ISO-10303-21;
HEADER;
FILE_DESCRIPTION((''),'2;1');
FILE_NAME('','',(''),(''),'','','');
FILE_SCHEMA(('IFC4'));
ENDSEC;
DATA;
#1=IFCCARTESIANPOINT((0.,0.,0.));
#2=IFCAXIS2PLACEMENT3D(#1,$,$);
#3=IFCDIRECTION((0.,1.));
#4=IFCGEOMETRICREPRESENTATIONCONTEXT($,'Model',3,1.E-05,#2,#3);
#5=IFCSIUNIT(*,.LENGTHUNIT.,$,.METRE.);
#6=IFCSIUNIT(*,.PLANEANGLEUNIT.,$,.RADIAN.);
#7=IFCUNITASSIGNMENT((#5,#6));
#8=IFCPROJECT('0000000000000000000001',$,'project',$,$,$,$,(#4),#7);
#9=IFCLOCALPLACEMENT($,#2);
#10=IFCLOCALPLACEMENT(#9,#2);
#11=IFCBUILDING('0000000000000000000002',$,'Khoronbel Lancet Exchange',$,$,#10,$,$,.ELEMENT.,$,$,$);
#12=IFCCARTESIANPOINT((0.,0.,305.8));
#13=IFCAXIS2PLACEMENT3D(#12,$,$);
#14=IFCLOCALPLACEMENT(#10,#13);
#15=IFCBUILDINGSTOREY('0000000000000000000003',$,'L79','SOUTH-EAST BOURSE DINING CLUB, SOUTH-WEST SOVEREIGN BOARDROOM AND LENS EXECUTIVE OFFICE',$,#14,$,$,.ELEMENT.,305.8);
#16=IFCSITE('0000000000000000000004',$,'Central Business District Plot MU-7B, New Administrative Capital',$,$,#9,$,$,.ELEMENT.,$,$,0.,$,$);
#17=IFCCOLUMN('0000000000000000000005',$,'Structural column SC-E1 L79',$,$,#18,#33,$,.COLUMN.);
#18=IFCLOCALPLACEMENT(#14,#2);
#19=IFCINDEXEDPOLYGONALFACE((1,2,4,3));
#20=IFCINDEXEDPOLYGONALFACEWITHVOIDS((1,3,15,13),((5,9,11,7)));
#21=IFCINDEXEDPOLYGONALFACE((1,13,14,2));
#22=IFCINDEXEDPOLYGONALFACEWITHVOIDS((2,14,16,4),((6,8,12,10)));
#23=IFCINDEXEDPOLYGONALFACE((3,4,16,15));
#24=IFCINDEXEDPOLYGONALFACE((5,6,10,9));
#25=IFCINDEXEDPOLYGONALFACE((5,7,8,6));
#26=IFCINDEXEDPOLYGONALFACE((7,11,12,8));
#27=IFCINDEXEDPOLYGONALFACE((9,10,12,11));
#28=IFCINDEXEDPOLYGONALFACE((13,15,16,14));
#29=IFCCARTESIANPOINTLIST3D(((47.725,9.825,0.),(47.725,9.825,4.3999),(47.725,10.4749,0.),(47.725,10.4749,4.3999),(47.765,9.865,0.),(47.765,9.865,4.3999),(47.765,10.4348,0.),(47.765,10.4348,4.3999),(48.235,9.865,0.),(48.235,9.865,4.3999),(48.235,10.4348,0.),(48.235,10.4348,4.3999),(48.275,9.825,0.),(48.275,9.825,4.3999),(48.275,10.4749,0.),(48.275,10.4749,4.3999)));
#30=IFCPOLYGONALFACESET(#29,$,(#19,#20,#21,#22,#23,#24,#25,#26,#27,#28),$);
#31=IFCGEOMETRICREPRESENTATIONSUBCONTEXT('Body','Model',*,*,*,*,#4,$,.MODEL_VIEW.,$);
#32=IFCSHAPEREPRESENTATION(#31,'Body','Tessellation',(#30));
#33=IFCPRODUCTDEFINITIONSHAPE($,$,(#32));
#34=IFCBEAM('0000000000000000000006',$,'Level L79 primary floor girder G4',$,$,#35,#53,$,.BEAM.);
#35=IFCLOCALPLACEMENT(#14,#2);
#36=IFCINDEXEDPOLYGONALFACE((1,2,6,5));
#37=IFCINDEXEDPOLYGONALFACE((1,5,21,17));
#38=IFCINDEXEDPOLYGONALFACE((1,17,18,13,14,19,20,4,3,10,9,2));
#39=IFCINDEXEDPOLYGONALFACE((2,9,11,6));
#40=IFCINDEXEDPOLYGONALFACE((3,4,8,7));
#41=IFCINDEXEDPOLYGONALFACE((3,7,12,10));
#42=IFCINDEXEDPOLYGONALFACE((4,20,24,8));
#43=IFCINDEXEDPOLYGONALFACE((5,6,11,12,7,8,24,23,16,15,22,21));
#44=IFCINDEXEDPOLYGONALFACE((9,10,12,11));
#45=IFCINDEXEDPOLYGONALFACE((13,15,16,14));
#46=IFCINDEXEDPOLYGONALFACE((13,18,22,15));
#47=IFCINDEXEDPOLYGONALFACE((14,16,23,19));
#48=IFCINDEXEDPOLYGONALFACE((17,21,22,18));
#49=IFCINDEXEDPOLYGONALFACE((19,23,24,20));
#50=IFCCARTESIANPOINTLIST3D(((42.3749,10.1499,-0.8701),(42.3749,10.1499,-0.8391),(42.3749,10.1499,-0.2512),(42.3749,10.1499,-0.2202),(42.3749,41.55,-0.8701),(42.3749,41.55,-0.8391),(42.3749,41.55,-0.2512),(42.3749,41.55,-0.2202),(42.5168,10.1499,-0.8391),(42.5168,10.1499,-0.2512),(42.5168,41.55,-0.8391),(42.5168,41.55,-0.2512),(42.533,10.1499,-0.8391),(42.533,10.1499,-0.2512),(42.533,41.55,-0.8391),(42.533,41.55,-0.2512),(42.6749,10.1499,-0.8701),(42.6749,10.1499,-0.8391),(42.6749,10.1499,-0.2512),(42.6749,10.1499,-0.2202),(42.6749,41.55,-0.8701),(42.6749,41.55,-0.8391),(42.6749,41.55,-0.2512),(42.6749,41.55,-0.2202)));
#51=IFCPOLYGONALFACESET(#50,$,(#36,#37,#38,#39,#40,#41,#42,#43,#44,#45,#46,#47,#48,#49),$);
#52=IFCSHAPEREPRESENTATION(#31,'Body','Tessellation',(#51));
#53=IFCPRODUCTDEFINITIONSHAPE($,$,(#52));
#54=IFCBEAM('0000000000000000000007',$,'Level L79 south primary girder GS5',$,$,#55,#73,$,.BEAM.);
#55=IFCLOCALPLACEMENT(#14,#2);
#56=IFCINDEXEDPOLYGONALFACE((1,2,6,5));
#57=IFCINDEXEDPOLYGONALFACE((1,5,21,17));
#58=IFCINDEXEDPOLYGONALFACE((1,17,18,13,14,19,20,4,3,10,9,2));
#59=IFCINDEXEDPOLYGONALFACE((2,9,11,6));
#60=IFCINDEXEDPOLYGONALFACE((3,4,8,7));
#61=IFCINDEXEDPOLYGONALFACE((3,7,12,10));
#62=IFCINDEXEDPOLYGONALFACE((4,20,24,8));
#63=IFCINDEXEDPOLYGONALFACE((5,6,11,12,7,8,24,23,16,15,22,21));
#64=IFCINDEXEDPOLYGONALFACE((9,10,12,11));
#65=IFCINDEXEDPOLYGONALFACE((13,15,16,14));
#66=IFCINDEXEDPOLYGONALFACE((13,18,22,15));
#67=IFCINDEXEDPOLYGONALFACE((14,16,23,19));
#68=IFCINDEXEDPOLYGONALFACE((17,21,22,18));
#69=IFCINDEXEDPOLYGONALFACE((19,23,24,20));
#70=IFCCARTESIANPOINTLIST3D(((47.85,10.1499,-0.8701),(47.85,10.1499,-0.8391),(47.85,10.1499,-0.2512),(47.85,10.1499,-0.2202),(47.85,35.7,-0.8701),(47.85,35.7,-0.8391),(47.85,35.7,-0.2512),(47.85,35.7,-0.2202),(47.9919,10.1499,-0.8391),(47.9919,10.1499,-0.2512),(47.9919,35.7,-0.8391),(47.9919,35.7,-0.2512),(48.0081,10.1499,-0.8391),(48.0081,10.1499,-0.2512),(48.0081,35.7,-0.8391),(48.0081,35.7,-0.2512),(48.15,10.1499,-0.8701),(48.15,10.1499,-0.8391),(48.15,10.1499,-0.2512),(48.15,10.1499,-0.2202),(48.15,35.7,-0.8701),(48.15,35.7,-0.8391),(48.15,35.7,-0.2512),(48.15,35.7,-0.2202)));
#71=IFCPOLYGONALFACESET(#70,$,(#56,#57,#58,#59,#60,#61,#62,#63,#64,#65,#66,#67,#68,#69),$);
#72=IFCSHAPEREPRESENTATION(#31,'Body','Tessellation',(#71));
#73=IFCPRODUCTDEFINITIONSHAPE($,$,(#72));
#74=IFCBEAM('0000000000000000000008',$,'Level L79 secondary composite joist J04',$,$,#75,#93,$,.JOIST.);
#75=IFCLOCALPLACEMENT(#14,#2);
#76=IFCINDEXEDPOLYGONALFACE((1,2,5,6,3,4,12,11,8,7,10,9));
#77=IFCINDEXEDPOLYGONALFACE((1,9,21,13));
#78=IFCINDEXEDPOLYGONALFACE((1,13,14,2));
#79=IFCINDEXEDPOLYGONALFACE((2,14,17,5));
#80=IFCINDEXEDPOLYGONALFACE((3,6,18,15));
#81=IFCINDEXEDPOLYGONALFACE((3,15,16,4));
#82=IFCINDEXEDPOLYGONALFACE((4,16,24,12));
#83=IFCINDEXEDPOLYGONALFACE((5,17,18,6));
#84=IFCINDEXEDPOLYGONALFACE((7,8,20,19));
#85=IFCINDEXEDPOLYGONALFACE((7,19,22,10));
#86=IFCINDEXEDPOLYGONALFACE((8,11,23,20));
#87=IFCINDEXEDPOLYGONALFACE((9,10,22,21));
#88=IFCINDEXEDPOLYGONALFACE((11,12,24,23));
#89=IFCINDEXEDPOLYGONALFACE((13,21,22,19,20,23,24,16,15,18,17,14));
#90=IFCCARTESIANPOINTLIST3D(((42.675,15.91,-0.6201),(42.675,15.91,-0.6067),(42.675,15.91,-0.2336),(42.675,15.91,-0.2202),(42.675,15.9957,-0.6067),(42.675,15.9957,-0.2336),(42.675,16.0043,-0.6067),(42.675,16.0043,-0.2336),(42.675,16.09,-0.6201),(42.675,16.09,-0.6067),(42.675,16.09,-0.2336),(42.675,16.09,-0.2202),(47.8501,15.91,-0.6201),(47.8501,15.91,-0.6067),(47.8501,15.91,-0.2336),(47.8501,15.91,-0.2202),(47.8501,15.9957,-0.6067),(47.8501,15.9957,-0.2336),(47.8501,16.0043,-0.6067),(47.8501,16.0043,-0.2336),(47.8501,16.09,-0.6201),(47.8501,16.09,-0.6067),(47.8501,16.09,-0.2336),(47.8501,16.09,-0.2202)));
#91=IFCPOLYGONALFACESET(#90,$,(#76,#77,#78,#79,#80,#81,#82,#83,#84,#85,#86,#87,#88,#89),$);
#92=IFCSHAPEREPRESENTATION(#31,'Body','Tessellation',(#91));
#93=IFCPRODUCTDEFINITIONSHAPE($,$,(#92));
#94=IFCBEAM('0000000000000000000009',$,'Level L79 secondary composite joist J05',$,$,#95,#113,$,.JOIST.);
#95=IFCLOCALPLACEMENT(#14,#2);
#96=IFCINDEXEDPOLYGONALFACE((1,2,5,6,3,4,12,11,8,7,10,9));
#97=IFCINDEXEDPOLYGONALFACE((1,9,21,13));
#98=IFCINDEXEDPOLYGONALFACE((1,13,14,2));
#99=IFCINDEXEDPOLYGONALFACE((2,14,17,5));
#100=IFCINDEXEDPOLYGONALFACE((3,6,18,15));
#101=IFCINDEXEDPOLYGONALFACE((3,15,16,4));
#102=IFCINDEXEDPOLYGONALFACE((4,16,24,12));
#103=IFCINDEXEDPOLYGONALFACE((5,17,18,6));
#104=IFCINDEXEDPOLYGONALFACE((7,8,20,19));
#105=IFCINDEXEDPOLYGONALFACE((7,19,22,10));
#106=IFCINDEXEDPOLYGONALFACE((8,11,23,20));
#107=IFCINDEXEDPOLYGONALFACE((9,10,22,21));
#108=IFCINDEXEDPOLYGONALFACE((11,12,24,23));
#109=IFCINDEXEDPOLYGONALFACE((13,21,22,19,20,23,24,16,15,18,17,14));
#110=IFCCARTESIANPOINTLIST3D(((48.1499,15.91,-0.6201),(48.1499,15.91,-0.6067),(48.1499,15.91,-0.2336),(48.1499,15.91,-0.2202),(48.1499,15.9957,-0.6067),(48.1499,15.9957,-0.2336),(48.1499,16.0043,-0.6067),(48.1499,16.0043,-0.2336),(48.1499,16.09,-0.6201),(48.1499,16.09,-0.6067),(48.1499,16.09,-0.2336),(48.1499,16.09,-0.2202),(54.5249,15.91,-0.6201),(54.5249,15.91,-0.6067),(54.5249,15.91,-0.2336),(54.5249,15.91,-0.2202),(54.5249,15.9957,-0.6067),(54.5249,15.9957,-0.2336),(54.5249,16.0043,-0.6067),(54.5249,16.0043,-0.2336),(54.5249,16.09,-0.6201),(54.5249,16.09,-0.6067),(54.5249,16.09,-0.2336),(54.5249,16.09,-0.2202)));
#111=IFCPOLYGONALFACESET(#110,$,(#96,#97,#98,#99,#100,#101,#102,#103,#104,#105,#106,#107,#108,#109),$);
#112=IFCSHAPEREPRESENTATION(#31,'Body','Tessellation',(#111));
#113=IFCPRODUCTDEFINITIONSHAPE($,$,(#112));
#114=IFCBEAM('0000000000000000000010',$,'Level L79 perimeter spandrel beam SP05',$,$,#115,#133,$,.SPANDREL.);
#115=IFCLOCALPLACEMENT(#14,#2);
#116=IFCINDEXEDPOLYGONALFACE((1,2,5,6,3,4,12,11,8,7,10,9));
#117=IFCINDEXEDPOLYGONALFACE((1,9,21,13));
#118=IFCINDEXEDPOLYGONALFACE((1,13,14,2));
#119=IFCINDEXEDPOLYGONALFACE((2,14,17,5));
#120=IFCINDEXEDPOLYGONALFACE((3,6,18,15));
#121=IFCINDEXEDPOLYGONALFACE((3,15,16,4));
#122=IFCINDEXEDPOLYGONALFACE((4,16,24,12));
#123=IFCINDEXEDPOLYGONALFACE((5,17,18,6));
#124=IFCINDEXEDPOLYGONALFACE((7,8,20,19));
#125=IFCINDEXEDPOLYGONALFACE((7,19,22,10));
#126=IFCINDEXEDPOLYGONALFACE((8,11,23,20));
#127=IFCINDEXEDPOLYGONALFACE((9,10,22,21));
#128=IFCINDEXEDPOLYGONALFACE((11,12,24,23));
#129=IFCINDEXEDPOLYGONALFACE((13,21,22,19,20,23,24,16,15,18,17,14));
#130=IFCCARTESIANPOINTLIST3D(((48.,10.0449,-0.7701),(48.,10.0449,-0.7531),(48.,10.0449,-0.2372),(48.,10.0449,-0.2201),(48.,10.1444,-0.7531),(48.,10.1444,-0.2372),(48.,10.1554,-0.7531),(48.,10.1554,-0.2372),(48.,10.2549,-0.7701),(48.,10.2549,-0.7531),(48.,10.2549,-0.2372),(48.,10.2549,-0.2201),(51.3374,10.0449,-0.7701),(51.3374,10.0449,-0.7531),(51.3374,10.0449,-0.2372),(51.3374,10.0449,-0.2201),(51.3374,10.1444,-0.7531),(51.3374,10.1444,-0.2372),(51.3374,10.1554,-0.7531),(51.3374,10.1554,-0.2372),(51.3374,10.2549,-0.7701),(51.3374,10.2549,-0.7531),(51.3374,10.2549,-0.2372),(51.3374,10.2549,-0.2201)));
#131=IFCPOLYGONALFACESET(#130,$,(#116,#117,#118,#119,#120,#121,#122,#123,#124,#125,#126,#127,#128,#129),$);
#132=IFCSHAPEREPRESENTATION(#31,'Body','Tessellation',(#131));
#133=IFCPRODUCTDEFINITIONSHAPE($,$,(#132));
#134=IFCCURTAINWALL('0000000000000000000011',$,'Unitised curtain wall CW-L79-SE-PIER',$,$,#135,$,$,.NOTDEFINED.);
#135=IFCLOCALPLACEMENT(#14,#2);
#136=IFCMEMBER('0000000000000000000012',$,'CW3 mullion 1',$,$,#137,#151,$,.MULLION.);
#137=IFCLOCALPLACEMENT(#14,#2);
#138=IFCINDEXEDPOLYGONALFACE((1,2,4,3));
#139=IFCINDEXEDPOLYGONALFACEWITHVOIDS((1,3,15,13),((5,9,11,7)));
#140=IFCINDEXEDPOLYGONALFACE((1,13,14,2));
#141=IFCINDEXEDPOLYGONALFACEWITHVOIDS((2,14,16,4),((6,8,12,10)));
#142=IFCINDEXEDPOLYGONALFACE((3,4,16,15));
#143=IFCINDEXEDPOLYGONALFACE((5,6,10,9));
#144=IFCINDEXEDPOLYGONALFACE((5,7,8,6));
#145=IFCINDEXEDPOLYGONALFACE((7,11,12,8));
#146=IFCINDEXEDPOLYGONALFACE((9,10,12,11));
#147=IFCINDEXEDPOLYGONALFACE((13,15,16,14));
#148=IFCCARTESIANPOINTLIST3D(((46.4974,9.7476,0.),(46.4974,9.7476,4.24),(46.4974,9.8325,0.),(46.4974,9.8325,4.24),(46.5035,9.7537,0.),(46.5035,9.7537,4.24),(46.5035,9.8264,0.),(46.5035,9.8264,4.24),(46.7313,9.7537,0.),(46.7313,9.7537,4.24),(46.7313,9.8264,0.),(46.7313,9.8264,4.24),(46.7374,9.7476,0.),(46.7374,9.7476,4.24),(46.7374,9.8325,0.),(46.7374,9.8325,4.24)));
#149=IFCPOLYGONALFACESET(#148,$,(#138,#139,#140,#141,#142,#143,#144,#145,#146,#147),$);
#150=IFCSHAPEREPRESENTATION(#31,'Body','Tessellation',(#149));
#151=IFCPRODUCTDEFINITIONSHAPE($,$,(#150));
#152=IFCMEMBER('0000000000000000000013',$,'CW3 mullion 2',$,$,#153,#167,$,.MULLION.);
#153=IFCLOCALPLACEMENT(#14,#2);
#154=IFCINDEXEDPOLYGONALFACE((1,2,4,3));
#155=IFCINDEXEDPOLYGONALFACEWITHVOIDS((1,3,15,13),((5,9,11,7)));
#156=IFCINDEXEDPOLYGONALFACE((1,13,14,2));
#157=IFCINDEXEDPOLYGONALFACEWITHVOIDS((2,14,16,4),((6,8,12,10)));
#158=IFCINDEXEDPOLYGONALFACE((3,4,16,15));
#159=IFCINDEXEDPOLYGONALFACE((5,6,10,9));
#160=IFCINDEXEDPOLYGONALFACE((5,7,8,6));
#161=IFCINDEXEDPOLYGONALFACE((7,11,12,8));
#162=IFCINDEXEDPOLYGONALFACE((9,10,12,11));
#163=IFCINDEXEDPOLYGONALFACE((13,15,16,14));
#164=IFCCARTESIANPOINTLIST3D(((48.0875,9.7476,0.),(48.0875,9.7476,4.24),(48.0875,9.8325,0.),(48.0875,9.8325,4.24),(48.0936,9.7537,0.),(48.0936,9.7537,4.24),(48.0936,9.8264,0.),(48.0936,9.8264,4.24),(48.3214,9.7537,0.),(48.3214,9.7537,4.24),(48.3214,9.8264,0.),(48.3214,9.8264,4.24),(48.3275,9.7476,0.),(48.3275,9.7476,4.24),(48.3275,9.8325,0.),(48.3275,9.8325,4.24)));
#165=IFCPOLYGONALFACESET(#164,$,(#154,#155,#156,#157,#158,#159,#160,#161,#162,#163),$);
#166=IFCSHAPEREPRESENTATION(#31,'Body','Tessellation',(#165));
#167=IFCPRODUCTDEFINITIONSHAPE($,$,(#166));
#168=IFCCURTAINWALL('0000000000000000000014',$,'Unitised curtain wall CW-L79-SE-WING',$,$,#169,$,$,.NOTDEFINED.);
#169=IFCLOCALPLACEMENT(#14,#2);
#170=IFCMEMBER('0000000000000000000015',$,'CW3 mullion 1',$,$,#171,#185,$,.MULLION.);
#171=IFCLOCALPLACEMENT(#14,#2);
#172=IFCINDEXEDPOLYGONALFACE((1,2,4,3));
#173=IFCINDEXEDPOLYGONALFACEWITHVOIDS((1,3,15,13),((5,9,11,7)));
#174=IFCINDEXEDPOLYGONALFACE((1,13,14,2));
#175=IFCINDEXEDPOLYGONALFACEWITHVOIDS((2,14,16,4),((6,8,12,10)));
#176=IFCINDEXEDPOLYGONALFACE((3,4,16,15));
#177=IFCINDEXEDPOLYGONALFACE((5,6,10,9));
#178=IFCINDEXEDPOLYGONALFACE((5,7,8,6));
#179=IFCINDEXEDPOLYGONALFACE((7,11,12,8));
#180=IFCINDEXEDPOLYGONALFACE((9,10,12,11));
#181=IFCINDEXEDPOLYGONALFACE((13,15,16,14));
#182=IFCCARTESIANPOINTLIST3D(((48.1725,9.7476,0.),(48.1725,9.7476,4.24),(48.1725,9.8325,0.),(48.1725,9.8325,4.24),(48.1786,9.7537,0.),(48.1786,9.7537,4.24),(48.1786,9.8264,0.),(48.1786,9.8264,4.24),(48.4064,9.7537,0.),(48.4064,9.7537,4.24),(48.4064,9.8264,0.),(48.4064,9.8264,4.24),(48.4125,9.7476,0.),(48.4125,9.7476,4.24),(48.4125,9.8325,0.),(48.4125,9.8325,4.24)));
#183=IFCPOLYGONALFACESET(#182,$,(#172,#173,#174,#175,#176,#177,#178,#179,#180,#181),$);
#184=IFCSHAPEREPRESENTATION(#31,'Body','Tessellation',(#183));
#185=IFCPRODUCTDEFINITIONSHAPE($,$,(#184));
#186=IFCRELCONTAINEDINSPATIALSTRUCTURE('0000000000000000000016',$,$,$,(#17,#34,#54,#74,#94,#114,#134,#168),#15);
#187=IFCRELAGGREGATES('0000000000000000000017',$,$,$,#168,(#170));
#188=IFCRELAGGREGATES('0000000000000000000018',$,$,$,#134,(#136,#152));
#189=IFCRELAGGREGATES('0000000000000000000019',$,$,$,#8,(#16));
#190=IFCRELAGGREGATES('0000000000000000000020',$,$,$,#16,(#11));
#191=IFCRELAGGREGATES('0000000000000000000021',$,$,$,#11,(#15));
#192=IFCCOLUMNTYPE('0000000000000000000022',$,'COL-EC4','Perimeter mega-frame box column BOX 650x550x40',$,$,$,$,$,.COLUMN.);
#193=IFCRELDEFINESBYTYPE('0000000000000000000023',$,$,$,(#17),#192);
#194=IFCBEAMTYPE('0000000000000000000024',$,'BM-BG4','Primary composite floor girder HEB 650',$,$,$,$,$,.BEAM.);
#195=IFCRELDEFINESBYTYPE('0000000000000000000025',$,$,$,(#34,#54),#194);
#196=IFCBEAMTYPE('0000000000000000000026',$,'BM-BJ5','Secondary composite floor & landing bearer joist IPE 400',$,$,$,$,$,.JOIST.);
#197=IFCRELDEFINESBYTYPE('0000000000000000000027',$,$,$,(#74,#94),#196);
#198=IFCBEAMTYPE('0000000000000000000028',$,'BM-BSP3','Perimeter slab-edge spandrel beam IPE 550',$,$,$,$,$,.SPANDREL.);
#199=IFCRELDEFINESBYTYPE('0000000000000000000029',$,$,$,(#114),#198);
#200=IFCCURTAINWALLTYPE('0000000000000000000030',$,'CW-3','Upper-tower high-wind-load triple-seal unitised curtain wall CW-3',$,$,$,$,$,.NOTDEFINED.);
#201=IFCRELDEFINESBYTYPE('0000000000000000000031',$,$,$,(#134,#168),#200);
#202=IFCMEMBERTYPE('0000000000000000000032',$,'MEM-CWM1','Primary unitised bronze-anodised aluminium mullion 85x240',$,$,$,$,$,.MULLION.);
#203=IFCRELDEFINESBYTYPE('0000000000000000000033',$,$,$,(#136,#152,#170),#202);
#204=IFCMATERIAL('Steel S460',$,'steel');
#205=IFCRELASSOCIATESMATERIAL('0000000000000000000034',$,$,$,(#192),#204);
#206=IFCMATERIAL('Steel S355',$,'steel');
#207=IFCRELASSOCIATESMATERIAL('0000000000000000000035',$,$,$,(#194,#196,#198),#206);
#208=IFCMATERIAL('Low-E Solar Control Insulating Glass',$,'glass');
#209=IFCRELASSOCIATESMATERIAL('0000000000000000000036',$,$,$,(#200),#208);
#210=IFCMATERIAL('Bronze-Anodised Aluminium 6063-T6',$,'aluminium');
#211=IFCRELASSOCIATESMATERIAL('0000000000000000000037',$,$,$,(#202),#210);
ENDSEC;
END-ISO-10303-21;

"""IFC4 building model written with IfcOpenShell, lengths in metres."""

from ifc_helpers import new_model, si_unit, direction, frame, origin, origin_2d, place, context, subcontext, project, spatial, hollow_rectangle, i_section, extrude, material, material_profile, profile_set, type_object, element, aggregate, save


model = new_model("IFC4")

# Units and contexts
model_context = context("Model", 3, precision=1e-05, world=origin(), true_north=direction((0.0, 1.0)))
body_context = subcontext(model_context, "Body", "Model", "MODEL_VIEW")
ifc_project = project(units=[si_unit("LENGTHUNIT", "METRE"), si_unit("PLANEANGLEUNIT", "RADIAN")], contexts=[model_context])

# Site, building, storey
site_placement = place(None, origin())
site = spatial("IfcSite", under=ifc_project, at=site_placement, Name="Central Business District Plot MU-7B, New Administrative Capital", CompositionType="ELEMENT", RefElevation=0.0)
building_placement = place(site_placement, origin())
building = spatial("IfcBuilding", under=site, at=building_placement, Name="Khoronbel Lancet Exchange", CompositionType="ELEMENT")
storey_placement = place(building_placement, frame((0.0, 0.0, 305.8)))
storey = spatial("IfcBuildingStorey", under=building, at=storey_placement, Name="L79", Description="SOUTH-EAST BOURSE DINING CLUB, SOUTH-WEST SOVEREIGN BOARDROOM AND LENS EXECUTIVE OFFICE", CompositionType="ELEMENT", Elevation=305.8)

# Column
ifc_material_1 = material(Name="Steel S460", Category="steel")
ifc_material_profile_1 = material_profile(ifc_material_1, hollow_rectangle(XDim=0.55, YDim=0.6499, WallThickness=0.04, at=origin_2d()), Name="BOX 650x550x40")
ifc_profile_set_1 = profile_set([ifc_material_profile_1], Name="Steel S460")
column_type = type_object("IfcColumnType", Name="COL-EC4", Description="Perimeter mega-frame box column BOX 650x550x40", PredefinedType="COLUMN", material=ifc_profile_set_1)
column_placement = place(storey_placement, frame((48.0, 10.1499, 0.0), z_axis=(0.0, 0.0, 1.0), x_axis=(1.0, 0.0, 0.0)))
element("IfcColumn", 1, at=column_placement, inside=storey, type_object=column_type, Name="Structural column SC-E1 L79", PredefinedType="COLUMN", context=body_context, shape_type="SweptSolid", body=[
    extrude(hollow_rectangle(XDim=0.55, YDim=0.6499, WallThickness=0.04, at=origin_2d()), origin(), (0.0, 0.0, 1.0), 4.3999),
])

# Beams
ifc_material_2 = material(Name="Steel S355", Category="steel")
ifc_material_profile_2 = material_profile(ifc_material_2, i_section(OverallWidth=0.3, OverallDepth=0.6499, WebThickness=0.0161, FlangeThickness=0.031, at=origin_2d()), Name="HEB 650")
ifc_profile_set_2 = profile_set([ifc_material_profile_2], Name="Steel S355")
beam_type_1 = type_object("IfcBeamType", Name="BM-BG4", Description="Primary composite floor girder HEB 650", PredefinedType="BEAM", material=ifc_profile_set_2)
beam_1_placement = place(storey_placement, frame((42.5249, 10.1499, -0.5452), z_axis=(0.0, 1.0, 0.0), x_axis=(-1.0, 0.0, 0.0)))
element("IfcBeam", 2, at=beam_1_placement, inside=storey, type_object=beam_type_1, Name="Level L79 primary floor girder G4", PredefinedType="BEAM", context=body_context, shape_type="SweptSolid", body=[
    extrude(i_section(OverallWidth=0.3, OverallDepth=0.6499, WebThickness=0.0161, FlangeThickness=0.031, at=origin_2d()), origin(), (0.0, 0.0, 1.0), 31.4001),
])
beam_2_placement = place(storey_placement, frame((48.0, 10.1499, -0.5452), z_axis=(0.0, 1.0, 0.0), x_axis=(-1.0, 0.0, 0.0)))
element("IfcBeam", 3, at=beam_2_placement, inside=storey, type_object=beam_type_1, Name="Level L79 south primary girder GS5", PredefinedType="BEAM", context=body_context, shape_type="SweptSolid", body=[
    extrude(i_section(OverallWidth=0.3, OverallDepth=0.6499, WebThickness=0.0161, FlangeThickness=0.031, at=origin_2d()), origin(), (0.0, 0.0, 1.0), 25.55),
])
ifc_material_profile_3 = material_profile(ifc_material_2, i_section(OverallWidth=0.1799, OverallDepth=0.3999, WebThickness=0.0085, FlangeThickness=0.0134, at=origin_2d()), Name="IPE 400")
ifc_profile_set_3 = profile_set([ifc_material_profile_3], Name="Steel S355")
beam_type_2 = type_object("IfcBeamType", Name="BM-BJ5", Description="Secondary composite floor & landing bearer joist IPE 400", PredefinedType="JOIST", material=ifc_profile_set_3)
beam_3_placement = place(storey_placement, frame((42.675, 16.0, -0.4202), z_axis=(1.0, 0.0, 0.0), x_axis=(0.0, 1.0, 0.0)))
element("IfcBeam", 4, at=beam_3_placement, inside=storey, type_object=beam_type_2, Name="Level L79 secondary composite joist J04", PredefinedType="JOIST", context=body_context, shape_type="SweptSolid", body=[
    extrude(i_section(OverallWidth=0.1799, OverallDepth=0.3999, WebThickness=0.0085, FlangeThickness=0.0134, at=origin_2d()), origin(), (0.0, 0.0, 1.0), 5.175),
])
beam_4_placement = place(storey_placement, frame((48.1499, 16.0, -0.4202), z_axis=(1.0, 0.0, 0.0), x_axis=(0.0, 1.0, 0.0)))
element("IfcBeam", 5, at=beam_4_placement, inside=storey, type_object=beam_type_2, Name="Level L79 secondary composite joist J05", PredefinedType="JOIST", context=body_context, shape_type="SweptSolid", body=[
    extrude(i_section(OverallWidth=0.1799, OverallDepth=0.3999, WebThickness=0.0085, FlangeThickness=0.0134, at=origin_2d()), origin(), (0.0, 0.0, 1.0), 6.375),
])
ifc_material_profile_4 = material_profile(ifc_material_2, i_section(OverallWidth=0.21, OverallDepth=0.55, WebThickness=0.011, FlangeThickness=0.0171, at=origin_2d()), Name="IPE 550")
ifc_profile_set_4 = profile_set([ifc_material_profile_4], Name="Steel S355")
beam_type_3 = type_object("IfcBeamType", Name="BM-BSP3", Description="Perimeter slab-edge spandrel beam IPE 550", PredefinedType="SPANDREL", material=ifc_profile_set_4)
beam_5_placement = place(storey_placement, frame((48.0, 10.1499, -0.4951), z_axis=(1.0, 0.0, 0.0), x_axis=(0.0, 1.0, 0.0)))
element("IfcBeam", 6, at=beam_5_placement, inside=storey, type_object=beam_type_3, Name="Level L79 perimeter spandrel beam SP05", PredefinedType="SPANDREL", context=body_context, shape_type="SweptSolid", body=[
    extrude(i_section(OverallWidth=0.21, OverallDepth=0.55, WebThickness=0.011, FlangeThickness=0.0171, at=origin_2d()), origin(), (0.0, 0.0, 1.0), 3.3374),
])

# Curtain wall, members
ifc_material_3 = material(Name="Low-E Solar Control Insulating Glass", Category="glass")
curtain_wall_type = type_object("IfcCurtainWallType", Name="CW-3", Description="Upper-tower high-wind-load triple-seal unitised curtain wall CW-3", PredefinedType="NOTDEFINED", material=ifc_material_3)
curtain_wall_1_placement = place(storey_placement, origin())
curtain_wall_1 = element("IfcCurtainWall", 7, at=curtain_wall_1_placement, inside=storey, type_object=curtain_wall_type, Name="Unitised curtain wall CW-L79-SE-PIER", PredefinedType="NOTDEFINED")
ifc_material_4 = material(Name="Bronze-Anodised Aluminium 6063-T6", Category="aluminium")
ifc_material_profile_5 = material_profile(ifc_material_4, hollow_rectangle(XDim=0.085, YDim=0.24, WallThickness=0.0061, at=origin_2d()), Name="ALU MULLION 85x240")
ifc_profile_set_5 = profile_set([ifc_material_profile_5], Name="Bronze-Anodised Aluminium 6063-T6")
member_type_1 = type_object("IfcMemberType", Name="MEM-CWM1", Description="Primary unitised bronze-anodised aluminium mullion 85x240", PredefinedType="MULLION", material=ifc_profile_set_5)
member_1_placement = place(storey_placement, frame((46.6174, 9.79, 0.0), z_axis=(0.0, 0.0, 1.0), x_axis=(0.0, 1.0, 0.0)))
member_1 = element("IfcMember", 8, at=member_1_placement, type_object=member_type_1, Name="CW3 mullion 1", PredefinedType="MULLION", context=body_context, shape_type="SweptSolid", body=[
    extrude(hollow_rectangle(XDim=0.085, YDim=0.24, WallThickness=0.0061, at=origin_2d()), origin(), (0.0, 0.0, 1.0), 4.24),
])
member_2_placement = place(storey_placement, frame((48.2075, 9.79, 0.0), z_axis=(0.0, 0.0, 1.0), x_axis=(0.0, 1.0, 0.0)))
member_2 = element("IfcMember", 9, at=member_2_placement, type_object=member_type_1, Name="CW3 mullion 2", PredefinedType="MULLION", context=body_context, shape_type="SweptSolid", body=[
    extrude(hollow_rectangle(XDim=0.085, YDim=0.24, WallThickness=0.0061, at=origin_2d()), origin(), (0.0, 0.0, 1.0), 4.24),
])

# Curtain wall, member
curtain_wall_2_placement = place(storey_placement, origin())
curtain_wall_2 = element("IfcCurtainWall", 10, at=curtain_wall_2_placement, inside=storey, type_object=curtain_wall_type, Name="Unitised curtain wall CW-L79-SE-WING", PredefinedType="NOTDEFINED")
member_3_placement = place(storey_placement, frame((48.2925, 9.79, 0.0), z_axis=(0.0, 0.0, 1.0), x_axis=(0.0, 1.0, 0.0)))
member_3 = element("IfcMember", 11, at=member_3_placement, type_object=member_type_1, Name="CW3 mullion 1", PredefinedType="MULLION", context=body_context, shape_type="SweptSolid", body=[
    extrude(hollow_rectangle(XDim=0.085, YDim=0.24, WallThickness=0.0061, at=origin_2d()), origin(), (0.0, 0.0, 1.0), 4.24),
])

aggregate(curtain_wall_2, [member_3])

aggregate(curtain_wall_1, [member_1, member_2])

save(model, "model.ifc")
